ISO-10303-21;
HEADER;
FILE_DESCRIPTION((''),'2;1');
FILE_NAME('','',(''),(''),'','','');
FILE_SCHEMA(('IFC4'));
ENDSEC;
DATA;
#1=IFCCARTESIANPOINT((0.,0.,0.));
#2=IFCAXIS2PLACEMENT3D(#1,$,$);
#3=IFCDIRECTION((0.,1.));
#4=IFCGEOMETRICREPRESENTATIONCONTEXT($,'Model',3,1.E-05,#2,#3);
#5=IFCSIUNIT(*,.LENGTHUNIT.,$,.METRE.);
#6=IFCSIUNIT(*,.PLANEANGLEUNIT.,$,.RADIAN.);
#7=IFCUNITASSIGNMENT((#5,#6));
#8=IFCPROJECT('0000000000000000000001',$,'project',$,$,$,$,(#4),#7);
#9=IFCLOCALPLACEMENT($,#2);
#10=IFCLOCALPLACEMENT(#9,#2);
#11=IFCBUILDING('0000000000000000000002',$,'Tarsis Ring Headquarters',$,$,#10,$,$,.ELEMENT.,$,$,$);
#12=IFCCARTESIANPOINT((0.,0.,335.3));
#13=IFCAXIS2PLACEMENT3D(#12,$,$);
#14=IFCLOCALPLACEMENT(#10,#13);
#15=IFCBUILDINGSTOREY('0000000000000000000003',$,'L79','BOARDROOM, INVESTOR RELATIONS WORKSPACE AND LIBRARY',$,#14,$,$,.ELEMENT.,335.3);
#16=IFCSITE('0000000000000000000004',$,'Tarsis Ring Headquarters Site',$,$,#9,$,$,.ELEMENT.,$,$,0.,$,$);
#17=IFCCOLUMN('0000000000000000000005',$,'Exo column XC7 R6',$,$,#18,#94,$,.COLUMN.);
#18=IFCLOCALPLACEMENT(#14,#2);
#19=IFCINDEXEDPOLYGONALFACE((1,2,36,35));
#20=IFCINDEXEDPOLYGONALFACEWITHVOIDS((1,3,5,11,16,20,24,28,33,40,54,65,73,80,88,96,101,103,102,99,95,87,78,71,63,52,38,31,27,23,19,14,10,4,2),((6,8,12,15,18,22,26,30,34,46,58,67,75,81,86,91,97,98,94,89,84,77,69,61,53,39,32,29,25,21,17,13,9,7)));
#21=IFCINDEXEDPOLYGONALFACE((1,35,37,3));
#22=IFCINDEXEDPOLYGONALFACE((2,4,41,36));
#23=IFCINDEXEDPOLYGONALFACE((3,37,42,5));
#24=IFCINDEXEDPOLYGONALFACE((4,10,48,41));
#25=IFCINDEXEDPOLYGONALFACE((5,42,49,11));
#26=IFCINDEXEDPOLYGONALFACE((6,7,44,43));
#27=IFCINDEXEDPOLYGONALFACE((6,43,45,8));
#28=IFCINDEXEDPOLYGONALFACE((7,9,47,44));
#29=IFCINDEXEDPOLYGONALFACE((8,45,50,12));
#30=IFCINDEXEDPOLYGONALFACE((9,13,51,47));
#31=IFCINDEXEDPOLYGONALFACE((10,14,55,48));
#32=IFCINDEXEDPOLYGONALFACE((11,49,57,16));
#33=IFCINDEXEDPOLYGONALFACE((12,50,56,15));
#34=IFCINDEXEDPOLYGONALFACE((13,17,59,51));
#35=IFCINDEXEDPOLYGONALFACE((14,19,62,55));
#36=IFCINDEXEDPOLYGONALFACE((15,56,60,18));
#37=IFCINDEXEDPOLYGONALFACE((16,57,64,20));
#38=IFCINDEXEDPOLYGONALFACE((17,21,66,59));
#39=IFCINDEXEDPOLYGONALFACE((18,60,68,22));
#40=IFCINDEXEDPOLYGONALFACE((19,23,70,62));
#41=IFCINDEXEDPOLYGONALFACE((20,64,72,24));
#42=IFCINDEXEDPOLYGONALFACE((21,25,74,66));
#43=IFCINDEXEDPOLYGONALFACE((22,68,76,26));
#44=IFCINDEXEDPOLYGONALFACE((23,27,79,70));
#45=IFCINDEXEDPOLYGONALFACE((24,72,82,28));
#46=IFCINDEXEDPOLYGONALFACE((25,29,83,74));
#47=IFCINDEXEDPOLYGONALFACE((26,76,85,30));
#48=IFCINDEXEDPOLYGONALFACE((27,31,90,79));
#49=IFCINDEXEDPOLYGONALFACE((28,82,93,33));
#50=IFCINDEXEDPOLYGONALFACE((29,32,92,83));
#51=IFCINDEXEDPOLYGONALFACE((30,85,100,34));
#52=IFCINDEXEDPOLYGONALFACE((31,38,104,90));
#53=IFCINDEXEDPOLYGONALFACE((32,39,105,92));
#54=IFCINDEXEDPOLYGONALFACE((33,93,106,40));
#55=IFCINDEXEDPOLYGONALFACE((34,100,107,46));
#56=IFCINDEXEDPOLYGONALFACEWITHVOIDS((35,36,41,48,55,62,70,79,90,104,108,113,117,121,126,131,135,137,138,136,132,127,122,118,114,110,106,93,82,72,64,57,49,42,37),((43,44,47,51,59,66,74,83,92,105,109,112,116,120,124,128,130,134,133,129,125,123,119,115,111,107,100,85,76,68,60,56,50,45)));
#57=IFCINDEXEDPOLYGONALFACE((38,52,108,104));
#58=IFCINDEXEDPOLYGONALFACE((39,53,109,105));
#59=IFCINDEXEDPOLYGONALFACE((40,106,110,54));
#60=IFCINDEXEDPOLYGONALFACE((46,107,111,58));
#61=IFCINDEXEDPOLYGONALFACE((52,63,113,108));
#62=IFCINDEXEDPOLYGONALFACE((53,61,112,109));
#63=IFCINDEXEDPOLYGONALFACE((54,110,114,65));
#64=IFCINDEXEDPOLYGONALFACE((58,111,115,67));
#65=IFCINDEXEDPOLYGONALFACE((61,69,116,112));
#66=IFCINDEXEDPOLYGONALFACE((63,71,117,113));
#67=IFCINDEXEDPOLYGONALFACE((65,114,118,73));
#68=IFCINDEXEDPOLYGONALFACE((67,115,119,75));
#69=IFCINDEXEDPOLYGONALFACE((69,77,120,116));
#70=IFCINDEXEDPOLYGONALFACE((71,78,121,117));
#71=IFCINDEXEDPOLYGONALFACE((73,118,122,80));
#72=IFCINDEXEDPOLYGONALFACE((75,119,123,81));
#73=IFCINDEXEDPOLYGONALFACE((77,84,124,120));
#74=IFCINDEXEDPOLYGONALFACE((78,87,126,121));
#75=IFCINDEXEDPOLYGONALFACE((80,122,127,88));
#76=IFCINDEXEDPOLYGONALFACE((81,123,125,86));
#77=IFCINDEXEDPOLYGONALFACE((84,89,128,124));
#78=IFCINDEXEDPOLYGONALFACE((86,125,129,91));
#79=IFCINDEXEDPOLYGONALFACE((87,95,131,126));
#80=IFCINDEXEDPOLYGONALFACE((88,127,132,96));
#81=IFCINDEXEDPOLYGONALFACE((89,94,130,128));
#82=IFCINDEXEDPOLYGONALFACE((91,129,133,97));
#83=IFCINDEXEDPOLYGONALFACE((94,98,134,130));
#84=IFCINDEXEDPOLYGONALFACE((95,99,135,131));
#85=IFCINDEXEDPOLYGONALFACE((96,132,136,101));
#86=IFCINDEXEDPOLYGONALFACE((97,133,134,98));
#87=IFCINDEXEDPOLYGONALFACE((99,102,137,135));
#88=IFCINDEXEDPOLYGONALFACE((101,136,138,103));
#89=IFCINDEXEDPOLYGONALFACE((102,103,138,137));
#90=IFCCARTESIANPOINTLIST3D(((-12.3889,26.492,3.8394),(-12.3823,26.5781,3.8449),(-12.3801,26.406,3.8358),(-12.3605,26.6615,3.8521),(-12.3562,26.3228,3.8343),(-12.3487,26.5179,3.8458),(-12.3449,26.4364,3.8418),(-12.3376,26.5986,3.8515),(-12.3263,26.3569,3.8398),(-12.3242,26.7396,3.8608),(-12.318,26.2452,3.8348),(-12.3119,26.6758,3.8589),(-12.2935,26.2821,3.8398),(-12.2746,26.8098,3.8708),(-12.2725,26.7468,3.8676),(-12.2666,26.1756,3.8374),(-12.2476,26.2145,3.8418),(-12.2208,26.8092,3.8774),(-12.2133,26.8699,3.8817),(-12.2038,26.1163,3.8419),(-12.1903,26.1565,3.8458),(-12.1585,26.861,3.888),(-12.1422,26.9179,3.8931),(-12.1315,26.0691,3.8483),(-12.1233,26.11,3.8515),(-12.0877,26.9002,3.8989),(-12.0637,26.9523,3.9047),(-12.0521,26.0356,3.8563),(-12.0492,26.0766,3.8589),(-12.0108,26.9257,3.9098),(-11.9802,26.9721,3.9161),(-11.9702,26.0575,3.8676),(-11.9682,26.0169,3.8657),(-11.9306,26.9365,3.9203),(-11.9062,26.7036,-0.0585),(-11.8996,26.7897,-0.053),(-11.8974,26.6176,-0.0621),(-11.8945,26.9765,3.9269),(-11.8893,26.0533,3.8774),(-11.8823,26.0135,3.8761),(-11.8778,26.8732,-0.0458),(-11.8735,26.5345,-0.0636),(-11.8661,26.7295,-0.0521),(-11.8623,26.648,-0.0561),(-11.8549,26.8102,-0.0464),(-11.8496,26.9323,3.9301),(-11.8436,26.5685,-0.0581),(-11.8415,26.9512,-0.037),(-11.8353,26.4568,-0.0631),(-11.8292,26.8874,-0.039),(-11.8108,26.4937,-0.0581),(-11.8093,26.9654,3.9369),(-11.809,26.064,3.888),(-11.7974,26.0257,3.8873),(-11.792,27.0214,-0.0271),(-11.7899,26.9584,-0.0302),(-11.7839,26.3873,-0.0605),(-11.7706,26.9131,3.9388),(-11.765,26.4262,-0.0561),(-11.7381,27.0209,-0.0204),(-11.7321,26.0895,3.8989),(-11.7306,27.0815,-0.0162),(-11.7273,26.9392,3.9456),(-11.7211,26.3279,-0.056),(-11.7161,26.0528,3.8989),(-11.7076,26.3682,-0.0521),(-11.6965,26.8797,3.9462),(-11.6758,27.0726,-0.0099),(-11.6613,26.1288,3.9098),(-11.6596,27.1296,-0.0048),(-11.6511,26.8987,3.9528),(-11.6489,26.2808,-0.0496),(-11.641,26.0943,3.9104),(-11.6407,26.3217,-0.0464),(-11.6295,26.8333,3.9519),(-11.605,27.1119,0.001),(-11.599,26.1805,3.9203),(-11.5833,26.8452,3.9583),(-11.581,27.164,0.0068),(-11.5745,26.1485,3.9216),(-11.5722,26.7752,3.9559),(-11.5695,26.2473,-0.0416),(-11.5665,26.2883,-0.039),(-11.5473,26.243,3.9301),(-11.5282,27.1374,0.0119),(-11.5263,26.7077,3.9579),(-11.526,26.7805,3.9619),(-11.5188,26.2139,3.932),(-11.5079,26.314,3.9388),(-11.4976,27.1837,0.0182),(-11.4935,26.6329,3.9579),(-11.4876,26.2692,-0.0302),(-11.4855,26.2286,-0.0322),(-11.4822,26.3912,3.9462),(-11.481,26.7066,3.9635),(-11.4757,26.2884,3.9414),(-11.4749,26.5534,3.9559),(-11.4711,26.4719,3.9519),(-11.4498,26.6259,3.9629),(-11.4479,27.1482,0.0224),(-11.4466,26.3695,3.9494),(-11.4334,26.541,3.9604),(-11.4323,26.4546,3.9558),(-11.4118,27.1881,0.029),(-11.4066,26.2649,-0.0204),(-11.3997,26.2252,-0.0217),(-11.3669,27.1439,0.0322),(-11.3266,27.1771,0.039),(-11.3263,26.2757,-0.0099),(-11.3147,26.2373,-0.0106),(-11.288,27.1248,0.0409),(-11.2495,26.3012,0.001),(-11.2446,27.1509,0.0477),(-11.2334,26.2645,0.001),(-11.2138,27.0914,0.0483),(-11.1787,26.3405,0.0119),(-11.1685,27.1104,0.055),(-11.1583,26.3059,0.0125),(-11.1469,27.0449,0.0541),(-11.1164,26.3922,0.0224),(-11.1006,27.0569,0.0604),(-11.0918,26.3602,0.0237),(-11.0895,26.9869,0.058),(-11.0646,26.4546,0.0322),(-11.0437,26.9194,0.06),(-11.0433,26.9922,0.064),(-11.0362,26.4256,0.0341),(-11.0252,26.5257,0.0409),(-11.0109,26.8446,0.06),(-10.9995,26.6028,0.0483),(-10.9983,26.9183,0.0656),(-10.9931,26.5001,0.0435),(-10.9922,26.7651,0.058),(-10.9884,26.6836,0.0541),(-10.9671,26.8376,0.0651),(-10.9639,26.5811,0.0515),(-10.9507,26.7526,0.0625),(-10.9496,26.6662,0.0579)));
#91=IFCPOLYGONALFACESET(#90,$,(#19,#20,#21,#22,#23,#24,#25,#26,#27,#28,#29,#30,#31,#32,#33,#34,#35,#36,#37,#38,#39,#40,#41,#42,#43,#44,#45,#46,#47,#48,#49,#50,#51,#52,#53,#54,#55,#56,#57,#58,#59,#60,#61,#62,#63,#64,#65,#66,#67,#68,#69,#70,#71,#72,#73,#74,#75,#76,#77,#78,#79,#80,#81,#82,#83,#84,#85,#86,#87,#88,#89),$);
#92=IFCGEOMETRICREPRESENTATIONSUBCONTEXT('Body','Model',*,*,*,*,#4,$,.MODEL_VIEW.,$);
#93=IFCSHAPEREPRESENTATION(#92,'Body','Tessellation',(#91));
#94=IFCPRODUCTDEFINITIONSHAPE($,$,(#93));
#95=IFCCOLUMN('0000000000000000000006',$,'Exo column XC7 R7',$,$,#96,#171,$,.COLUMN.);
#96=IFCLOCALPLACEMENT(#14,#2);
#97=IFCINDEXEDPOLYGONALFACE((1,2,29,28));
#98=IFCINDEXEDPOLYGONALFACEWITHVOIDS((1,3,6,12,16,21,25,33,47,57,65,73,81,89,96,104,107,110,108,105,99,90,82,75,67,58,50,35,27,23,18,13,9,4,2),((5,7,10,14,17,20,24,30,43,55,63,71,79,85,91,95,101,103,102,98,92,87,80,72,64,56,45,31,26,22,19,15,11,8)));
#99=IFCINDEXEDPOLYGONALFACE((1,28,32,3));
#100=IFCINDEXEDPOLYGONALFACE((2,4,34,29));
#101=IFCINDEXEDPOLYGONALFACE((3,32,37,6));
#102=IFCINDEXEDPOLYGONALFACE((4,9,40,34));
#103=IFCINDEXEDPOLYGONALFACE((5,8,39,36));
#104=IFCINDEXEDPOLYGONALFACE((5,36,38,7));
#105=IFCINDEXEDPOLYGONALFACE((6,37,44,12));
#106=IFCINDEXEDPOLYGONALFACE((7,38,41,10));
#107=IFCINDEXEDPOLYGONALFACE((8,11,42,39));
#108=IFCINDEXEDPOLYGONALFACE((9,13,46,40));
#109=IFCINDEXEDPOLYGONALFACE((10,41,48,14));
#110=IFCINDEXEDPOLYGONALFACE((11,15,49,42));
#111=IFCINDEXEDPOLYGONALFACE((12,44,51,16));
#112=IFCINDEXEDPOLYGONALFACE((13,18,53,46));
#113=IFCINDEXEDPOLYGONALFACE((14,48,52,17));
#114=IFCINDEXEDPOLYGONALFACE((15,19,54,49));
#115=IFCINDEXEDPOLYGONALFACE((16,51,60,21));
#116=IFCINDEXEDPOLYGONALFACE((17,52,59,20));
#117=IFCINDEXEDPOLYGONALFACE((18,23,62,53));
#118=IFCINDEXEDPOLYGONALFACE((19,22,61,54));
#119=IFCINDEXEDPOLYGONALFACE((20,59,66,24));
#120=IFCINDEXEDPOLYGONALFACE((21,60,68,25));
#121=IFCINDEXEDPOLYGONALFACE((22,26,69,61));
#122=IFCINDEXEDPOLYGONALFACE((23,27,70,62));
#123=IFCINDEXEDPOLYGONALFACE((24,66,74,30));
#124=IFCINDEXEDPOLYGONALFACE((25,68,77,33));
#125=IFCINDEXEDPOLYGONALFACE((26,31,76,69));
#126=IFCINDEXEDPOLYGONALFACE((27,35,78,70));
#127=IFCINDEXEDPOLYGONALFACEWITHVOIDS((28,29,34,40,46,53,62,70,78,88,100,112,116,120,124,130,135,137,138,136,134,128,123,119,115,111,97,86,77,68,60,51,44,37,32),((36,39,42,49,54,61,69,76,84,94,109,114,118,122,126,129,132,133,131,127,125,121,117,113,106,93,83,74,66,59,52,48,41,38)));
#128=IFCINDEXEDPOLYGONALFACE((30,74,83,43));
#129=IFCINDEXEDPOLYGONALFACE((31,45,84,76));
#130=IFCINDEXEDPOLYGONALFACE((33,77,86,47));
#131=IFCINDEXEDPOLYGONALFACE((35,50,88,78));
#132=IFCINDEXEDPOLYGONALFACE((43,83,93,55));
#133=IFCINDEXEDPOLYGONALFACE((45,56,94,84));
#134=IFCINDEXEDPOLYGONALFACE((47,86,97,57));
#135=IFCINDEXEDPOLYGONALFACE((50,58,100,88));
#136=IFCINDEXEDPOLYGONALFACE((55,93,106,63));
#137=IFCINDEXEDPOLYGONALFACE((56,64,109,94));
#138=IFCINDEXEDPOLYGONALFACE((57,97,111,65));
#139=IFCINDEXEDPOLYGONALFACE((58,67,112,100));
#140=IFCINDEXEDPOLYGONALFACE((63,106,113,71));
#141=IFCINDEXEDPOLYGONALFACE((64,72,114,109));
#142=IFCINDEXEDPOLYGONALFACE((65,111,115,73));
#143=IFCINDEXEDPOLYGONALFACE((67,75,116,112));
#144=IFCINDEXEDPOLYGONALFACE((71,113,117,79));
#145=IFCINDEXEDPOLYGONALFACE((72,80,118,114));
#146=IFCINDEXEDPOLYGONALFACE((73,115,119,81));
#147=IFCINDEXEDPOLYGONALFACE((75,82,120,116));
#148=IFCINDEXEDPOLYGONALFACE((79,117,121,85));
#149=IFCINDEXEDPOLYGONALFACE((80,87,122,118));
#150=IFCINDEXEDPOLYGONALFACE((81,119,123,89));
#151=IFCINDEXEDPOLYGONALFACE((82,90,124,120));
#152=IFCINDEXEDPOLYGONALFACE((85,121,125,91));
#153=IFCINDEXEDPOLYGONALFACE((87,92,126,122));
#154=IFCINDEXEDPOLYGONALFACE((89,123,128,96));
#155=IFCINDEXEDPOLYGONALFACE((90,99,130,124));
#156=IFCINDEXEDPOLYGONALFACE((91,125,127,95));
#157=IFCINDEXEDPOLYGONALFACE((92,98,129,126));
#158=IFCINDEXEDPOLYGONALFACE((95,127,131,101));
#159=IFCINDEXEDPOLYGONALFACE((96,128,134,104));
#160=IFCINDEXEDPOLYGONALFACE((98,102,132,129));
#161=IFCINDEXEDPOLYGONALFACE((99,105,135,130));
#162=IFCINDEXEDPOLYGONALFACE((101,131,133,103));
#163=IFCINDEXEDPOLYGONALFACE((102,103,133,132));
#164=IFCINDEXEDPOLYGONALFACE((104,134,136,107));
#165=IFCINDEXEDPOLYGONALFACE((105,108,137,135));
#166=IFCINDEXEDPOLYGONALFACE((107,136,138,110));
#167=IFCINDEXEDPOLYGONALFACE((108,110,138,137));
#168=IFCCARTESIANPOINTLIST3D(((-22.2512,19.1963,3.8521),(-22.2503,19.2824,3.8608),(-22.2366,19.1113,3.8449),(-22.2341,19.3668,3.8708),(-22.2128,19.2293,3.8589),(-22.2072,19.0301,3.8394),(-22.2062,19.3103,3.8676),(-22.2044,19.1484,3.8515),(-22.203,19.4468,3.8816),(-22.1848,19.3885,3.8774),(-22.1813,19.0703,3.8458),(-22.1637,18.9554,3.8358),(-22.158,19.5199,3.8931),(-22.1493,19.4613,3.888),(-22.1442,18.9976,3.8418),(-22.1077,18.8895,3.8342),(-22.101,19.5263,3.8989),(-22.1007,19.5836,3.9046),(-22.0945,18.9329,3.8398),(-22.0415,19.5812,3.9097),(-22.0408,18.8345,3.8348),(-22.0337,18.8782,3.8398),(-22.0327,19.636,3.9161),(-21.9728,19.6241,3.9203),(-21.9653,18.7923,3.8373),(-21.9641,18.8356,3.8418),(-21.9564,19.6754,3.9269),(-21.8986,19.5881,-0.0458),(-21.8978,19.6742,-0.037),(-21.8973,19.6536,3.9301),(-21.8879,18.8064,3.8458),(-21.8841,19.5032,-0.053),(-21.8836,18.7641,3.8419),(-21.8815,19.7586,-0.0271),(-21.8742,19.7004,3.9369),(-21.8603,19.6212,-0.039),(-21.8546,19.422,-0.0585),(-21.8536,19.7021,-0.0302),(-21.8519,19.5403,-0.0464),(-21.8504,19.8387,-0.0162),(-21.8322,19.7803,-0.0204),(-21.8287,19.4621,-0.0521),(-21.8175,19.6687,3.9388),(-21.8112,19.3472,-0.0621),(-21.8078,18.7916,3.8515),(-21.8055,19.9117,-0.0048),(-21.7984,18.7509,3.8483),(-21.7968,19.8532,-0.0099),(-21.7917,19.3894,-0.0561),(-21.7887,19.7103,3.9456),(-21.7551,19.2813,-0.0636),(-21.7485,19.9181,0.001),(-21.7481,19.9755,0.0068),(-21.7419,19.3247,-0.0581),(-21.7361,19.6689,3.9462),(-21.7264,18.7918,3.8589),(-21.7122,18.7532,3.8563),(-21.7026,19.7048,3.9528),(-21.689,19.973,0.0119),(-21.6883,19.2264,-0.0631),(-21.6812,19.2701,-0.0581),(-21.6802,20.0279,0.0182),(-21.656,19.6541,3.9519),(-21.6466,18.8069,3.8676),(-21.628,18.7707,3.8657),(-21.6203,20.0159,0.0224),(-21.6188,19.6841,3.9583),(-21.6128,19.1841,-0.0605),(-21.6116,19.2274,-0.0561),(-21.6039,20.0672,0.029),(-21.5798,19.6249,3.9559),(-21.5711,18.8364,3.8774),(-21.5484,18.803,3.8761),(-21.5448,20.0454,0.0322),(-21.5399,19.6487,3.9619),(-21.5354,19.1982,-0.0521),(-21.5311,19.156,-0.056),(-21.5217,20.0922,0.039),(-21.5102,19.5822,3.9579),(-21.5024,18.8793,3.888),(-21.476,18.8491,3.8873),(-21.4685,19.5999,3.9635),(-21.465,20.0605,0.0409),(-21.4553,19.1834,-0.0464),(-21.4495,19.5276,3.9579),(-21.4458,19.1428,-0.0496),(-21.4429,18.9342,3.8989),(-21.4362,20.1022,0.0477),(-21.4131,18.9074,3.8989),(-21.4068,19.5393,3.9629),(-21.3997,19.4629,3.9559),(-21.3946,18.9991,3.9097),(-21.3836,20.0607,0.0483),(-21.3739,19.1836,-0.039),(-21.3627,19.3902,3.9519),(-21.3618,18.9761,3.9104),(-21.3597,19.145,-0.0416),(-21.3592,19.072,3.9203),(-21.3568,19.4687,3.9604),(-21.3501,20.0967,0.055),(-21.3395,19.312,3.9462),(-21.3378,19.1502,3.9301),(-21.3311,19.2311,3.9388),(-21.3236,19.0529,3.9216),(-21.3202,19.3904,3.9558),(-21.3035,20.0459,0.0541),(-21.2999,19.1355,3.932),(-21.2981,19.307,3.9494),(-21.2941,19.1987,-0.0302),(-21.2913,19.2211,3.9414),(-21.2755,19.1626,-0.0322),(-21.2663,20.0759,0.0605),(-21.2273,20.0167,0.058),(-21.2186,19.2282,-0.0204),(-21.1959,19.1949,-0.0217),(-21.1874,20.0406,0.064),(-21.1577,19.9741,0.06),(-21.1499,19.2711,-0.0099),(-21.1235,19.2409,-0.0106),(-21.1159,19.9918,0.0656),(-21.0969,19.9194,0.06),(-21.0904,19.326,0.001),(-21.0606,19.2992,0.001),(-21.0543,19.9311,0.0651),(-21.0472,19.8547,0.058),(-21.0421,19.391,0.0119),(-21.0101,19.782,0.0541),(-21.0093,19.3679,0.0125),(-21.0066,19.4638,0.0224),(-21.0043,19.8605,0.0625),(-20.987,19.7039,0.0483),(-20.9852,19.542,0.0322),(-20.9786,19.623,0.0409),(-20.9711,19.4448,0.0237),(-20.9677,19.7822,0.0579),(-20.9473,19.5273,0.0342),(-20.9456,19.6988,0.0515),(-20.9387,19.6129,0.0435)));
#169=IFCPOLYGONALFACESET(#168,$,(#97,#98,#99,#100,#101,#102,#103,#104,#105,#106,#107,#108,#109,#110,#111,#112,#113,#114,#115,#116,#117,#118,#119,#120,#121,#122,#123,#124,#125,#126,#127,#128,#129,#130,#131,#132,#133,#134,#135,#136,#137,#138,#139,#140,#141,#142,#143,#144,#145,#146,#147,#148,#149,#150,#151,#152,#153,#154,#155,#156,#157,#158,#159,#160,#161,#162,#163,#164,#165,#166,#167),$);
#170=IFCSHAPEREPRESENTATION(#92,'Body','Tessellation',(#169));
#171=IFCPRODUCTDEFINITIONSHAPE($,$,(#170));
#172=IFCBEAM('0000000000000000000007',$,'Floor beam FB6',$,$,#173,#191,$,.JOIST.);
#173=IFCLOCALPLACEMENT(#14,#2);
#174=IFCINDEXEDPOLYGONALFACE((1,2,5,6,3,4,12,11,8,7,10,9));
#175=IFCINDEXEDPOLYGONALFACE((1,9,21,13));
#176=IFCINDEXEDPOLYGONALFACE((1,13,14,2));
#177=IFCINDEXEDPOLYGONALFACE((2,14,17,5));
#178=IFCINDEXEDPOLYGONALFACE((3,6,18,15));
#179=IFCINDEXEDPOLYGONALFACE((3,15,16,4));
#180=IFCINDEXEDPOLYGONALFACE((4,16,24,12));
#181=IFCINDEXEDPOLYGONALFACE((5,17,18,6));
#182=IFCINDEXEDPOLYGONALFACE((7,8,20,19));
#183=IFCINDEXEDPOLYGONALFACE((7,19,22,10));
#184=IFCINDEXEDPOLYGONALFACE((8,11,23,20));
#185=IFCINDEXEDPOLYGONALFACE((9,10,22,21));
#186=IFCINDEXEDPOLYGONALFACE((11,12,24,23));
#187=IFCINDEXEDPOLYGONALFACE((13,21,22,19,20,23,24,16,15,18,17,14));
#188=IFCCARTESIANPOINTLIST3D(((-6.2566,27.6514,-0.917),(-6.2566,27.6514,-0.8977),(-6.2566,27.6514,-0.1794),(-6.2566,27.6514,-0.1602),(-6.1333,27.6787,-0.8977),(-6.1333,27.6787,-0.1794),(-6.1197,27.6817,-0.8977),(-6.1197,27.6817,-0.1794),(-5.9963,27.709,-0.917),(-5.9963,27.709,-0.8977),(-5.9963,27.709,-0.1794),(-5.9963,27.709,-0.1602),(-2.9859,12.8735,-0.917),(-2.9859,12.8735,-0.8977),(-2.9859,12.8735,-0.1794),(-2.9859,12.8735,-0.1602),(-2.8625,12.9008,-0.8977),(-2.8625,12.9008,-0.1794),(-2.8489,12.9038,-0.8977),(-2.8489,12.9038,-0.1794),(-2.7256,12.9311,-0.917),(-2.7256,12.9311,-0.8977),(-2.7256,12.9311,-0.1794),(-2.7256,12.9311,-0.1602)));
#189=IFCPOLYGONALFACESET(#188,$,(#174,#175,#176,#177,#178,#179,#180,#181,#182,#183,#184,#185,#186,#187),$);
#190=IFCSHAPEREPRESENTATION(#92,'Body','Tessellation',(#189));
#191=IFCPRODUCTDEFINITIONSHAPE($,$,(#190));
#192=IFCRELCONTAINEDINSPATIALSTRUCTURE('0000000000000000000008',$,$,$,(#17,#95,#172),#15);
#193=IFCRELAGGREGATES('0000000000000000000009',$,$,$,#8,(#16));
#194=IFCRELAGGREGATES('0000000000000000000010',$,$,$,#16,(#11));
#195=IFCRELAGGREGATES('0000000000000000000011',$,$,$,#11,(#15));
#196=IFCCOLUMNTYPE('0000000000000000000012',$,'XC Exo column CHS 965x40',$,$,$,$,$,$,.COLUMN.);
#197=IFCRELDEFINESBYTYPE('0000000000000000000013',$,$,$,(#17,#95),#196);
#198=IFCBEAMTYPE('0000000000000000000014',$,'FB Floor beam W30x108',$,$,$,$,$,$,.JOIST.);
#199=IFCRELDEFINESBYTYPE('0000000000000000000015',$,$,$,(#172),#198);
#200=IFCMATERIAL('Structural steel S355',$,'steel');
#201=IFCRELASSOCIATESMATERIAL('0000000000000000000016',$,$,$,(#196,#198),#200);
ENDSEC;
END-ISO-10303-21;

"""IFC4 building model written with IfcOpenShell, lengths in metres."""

from ifc_helpers import new_model, si_unit, direction, frame, origin, origin_2d, place, context, subcontext, project, spatial, hollow_circle, i_section, extrude, material, material_profile, profile_set, type_object, element, save


model = new_model("IFC4")

# Units and contexts
model_context = context("Model", 3, precision=1e-05, world=origin(), true_north=direction((0.0, 1.0)))
body_context = subcontext(model_context, "Body", "Model", "MODEL_VIEW")
ifc_project = project(units=[si_unit("LENGTHUNIT", "METRE"), si_unit("PLANEANGLEUNIT", "RADIAN")], contexts=[model_context])

# Site, building, storey
site_placement = place(None, origin())
site = spatial("IfcSite", under=ifc_project, at=site_placement, Name="Tarsis Ring Headquarters Site", CompositionType="ELEMENT", RefElevation=0.0)
building_placement = place(site_placement, origin())
building = spatial("IfcBuilding", under=site, at=building_placement, Name="Tarsis Ring Headquarters", CompositionType="ELEMENT")
storey_placement = place(building_placement, frame((0.0, 0.0, 335.3)))
storey = spatial("IfcBuildingStorey", under=building, at=storey_placement, Name="L79", Description="BOARDROOM, INVESTOR RELATIONS WORKSPACE AND LIBRARY", CompositionType="ELEMENT", Elevation=335.3)

# Columns
ifc_material_1 = material(Name="Structural steel S355", Category="steel")
ifc_material_profile_1 = material_profile(ifc_material_1, hollow_circle(Radius=0.4827, WallThickness=0.04, at=origin_2d()), Name="CHS 965x40")
ifc_profile_set_1 = profile_set([ifc_material_profile_1], Name="Structural steel S355")
column_type = type_object("IfcColumnType", Name="XC Exo column CHS 965x40", PredefinedType="COLUMN", material=ifc_profile_set_1)
for number, where, z_axis, x_axis, name in (
    (1, (-11.4272, 26.7065, 0.001), (-0.122709, -0.053813, 0.990983), (0.401621, -0.915806, 0.0), "Exo column XC7 R6"),
    (2, (-21.4194, 19.6221, 0.001), (-0.089626, -0.099619, 0.990981), (0.743409, -0.668837, 0.0), "Exo column XC7 R7"),
):
    element("IfcColumn", number, at=place(storey_placement, frame(where, z_axis=z_axis, x_axis=x_axis)), inside=storey, type_object=column_type, Name=name, PredefinedType="COLUMN", context=body_context, shape_type="SweptSolid", body=[
        extrude(hollow_circle(Radius=0.4827, WallThickness=0.04, at=origin_2d()), origin(), (0.0, 0.0, 1.0), 3.9333),
    ])

# Beam
ifc_material_profile_2 = material_profile(ifc_material_1, i_section(OverallWidth=0.2666, OverallDepth=0.7568, WebThickness=0.0139, FlangeThickness=0.0193, at=origin_2d()), Name="W30x108")
ifc_profile_set_2 = profile_set([ifc_material_profile_2], Name="Structural steel S355")
beam_type_1 = type_object("IfcBeamType", Name="FB Floor beam W30x108", PredefinedType="JOIST", material=ifc_profile_set_2)
beam_1_placement = place(storey_placement, frame((-6.1265, 27.6802, -0.5386), z_axis=(0.216099, -0.976372, 0.0), x_axis=(0.976372, 0.216099, 0.0)))
element("IfcBeam", 3, at=beam_1_placement, inside=storey, type_object=beam_type_1, Name="Floor beam FB6", PredefinedType="JOIST", context=body_context, shape_type="SweptSolid", body=[
    extrude(i_section(OverallWidth=0.2666, OverallDepth=0.7568, WebThickness=0.0139, FlangeThickness=0.0193, at=origin_2d()), origin(), (0.0, 0.0, 1.0), 15.1355),
])

save(model, "model.ifc")
